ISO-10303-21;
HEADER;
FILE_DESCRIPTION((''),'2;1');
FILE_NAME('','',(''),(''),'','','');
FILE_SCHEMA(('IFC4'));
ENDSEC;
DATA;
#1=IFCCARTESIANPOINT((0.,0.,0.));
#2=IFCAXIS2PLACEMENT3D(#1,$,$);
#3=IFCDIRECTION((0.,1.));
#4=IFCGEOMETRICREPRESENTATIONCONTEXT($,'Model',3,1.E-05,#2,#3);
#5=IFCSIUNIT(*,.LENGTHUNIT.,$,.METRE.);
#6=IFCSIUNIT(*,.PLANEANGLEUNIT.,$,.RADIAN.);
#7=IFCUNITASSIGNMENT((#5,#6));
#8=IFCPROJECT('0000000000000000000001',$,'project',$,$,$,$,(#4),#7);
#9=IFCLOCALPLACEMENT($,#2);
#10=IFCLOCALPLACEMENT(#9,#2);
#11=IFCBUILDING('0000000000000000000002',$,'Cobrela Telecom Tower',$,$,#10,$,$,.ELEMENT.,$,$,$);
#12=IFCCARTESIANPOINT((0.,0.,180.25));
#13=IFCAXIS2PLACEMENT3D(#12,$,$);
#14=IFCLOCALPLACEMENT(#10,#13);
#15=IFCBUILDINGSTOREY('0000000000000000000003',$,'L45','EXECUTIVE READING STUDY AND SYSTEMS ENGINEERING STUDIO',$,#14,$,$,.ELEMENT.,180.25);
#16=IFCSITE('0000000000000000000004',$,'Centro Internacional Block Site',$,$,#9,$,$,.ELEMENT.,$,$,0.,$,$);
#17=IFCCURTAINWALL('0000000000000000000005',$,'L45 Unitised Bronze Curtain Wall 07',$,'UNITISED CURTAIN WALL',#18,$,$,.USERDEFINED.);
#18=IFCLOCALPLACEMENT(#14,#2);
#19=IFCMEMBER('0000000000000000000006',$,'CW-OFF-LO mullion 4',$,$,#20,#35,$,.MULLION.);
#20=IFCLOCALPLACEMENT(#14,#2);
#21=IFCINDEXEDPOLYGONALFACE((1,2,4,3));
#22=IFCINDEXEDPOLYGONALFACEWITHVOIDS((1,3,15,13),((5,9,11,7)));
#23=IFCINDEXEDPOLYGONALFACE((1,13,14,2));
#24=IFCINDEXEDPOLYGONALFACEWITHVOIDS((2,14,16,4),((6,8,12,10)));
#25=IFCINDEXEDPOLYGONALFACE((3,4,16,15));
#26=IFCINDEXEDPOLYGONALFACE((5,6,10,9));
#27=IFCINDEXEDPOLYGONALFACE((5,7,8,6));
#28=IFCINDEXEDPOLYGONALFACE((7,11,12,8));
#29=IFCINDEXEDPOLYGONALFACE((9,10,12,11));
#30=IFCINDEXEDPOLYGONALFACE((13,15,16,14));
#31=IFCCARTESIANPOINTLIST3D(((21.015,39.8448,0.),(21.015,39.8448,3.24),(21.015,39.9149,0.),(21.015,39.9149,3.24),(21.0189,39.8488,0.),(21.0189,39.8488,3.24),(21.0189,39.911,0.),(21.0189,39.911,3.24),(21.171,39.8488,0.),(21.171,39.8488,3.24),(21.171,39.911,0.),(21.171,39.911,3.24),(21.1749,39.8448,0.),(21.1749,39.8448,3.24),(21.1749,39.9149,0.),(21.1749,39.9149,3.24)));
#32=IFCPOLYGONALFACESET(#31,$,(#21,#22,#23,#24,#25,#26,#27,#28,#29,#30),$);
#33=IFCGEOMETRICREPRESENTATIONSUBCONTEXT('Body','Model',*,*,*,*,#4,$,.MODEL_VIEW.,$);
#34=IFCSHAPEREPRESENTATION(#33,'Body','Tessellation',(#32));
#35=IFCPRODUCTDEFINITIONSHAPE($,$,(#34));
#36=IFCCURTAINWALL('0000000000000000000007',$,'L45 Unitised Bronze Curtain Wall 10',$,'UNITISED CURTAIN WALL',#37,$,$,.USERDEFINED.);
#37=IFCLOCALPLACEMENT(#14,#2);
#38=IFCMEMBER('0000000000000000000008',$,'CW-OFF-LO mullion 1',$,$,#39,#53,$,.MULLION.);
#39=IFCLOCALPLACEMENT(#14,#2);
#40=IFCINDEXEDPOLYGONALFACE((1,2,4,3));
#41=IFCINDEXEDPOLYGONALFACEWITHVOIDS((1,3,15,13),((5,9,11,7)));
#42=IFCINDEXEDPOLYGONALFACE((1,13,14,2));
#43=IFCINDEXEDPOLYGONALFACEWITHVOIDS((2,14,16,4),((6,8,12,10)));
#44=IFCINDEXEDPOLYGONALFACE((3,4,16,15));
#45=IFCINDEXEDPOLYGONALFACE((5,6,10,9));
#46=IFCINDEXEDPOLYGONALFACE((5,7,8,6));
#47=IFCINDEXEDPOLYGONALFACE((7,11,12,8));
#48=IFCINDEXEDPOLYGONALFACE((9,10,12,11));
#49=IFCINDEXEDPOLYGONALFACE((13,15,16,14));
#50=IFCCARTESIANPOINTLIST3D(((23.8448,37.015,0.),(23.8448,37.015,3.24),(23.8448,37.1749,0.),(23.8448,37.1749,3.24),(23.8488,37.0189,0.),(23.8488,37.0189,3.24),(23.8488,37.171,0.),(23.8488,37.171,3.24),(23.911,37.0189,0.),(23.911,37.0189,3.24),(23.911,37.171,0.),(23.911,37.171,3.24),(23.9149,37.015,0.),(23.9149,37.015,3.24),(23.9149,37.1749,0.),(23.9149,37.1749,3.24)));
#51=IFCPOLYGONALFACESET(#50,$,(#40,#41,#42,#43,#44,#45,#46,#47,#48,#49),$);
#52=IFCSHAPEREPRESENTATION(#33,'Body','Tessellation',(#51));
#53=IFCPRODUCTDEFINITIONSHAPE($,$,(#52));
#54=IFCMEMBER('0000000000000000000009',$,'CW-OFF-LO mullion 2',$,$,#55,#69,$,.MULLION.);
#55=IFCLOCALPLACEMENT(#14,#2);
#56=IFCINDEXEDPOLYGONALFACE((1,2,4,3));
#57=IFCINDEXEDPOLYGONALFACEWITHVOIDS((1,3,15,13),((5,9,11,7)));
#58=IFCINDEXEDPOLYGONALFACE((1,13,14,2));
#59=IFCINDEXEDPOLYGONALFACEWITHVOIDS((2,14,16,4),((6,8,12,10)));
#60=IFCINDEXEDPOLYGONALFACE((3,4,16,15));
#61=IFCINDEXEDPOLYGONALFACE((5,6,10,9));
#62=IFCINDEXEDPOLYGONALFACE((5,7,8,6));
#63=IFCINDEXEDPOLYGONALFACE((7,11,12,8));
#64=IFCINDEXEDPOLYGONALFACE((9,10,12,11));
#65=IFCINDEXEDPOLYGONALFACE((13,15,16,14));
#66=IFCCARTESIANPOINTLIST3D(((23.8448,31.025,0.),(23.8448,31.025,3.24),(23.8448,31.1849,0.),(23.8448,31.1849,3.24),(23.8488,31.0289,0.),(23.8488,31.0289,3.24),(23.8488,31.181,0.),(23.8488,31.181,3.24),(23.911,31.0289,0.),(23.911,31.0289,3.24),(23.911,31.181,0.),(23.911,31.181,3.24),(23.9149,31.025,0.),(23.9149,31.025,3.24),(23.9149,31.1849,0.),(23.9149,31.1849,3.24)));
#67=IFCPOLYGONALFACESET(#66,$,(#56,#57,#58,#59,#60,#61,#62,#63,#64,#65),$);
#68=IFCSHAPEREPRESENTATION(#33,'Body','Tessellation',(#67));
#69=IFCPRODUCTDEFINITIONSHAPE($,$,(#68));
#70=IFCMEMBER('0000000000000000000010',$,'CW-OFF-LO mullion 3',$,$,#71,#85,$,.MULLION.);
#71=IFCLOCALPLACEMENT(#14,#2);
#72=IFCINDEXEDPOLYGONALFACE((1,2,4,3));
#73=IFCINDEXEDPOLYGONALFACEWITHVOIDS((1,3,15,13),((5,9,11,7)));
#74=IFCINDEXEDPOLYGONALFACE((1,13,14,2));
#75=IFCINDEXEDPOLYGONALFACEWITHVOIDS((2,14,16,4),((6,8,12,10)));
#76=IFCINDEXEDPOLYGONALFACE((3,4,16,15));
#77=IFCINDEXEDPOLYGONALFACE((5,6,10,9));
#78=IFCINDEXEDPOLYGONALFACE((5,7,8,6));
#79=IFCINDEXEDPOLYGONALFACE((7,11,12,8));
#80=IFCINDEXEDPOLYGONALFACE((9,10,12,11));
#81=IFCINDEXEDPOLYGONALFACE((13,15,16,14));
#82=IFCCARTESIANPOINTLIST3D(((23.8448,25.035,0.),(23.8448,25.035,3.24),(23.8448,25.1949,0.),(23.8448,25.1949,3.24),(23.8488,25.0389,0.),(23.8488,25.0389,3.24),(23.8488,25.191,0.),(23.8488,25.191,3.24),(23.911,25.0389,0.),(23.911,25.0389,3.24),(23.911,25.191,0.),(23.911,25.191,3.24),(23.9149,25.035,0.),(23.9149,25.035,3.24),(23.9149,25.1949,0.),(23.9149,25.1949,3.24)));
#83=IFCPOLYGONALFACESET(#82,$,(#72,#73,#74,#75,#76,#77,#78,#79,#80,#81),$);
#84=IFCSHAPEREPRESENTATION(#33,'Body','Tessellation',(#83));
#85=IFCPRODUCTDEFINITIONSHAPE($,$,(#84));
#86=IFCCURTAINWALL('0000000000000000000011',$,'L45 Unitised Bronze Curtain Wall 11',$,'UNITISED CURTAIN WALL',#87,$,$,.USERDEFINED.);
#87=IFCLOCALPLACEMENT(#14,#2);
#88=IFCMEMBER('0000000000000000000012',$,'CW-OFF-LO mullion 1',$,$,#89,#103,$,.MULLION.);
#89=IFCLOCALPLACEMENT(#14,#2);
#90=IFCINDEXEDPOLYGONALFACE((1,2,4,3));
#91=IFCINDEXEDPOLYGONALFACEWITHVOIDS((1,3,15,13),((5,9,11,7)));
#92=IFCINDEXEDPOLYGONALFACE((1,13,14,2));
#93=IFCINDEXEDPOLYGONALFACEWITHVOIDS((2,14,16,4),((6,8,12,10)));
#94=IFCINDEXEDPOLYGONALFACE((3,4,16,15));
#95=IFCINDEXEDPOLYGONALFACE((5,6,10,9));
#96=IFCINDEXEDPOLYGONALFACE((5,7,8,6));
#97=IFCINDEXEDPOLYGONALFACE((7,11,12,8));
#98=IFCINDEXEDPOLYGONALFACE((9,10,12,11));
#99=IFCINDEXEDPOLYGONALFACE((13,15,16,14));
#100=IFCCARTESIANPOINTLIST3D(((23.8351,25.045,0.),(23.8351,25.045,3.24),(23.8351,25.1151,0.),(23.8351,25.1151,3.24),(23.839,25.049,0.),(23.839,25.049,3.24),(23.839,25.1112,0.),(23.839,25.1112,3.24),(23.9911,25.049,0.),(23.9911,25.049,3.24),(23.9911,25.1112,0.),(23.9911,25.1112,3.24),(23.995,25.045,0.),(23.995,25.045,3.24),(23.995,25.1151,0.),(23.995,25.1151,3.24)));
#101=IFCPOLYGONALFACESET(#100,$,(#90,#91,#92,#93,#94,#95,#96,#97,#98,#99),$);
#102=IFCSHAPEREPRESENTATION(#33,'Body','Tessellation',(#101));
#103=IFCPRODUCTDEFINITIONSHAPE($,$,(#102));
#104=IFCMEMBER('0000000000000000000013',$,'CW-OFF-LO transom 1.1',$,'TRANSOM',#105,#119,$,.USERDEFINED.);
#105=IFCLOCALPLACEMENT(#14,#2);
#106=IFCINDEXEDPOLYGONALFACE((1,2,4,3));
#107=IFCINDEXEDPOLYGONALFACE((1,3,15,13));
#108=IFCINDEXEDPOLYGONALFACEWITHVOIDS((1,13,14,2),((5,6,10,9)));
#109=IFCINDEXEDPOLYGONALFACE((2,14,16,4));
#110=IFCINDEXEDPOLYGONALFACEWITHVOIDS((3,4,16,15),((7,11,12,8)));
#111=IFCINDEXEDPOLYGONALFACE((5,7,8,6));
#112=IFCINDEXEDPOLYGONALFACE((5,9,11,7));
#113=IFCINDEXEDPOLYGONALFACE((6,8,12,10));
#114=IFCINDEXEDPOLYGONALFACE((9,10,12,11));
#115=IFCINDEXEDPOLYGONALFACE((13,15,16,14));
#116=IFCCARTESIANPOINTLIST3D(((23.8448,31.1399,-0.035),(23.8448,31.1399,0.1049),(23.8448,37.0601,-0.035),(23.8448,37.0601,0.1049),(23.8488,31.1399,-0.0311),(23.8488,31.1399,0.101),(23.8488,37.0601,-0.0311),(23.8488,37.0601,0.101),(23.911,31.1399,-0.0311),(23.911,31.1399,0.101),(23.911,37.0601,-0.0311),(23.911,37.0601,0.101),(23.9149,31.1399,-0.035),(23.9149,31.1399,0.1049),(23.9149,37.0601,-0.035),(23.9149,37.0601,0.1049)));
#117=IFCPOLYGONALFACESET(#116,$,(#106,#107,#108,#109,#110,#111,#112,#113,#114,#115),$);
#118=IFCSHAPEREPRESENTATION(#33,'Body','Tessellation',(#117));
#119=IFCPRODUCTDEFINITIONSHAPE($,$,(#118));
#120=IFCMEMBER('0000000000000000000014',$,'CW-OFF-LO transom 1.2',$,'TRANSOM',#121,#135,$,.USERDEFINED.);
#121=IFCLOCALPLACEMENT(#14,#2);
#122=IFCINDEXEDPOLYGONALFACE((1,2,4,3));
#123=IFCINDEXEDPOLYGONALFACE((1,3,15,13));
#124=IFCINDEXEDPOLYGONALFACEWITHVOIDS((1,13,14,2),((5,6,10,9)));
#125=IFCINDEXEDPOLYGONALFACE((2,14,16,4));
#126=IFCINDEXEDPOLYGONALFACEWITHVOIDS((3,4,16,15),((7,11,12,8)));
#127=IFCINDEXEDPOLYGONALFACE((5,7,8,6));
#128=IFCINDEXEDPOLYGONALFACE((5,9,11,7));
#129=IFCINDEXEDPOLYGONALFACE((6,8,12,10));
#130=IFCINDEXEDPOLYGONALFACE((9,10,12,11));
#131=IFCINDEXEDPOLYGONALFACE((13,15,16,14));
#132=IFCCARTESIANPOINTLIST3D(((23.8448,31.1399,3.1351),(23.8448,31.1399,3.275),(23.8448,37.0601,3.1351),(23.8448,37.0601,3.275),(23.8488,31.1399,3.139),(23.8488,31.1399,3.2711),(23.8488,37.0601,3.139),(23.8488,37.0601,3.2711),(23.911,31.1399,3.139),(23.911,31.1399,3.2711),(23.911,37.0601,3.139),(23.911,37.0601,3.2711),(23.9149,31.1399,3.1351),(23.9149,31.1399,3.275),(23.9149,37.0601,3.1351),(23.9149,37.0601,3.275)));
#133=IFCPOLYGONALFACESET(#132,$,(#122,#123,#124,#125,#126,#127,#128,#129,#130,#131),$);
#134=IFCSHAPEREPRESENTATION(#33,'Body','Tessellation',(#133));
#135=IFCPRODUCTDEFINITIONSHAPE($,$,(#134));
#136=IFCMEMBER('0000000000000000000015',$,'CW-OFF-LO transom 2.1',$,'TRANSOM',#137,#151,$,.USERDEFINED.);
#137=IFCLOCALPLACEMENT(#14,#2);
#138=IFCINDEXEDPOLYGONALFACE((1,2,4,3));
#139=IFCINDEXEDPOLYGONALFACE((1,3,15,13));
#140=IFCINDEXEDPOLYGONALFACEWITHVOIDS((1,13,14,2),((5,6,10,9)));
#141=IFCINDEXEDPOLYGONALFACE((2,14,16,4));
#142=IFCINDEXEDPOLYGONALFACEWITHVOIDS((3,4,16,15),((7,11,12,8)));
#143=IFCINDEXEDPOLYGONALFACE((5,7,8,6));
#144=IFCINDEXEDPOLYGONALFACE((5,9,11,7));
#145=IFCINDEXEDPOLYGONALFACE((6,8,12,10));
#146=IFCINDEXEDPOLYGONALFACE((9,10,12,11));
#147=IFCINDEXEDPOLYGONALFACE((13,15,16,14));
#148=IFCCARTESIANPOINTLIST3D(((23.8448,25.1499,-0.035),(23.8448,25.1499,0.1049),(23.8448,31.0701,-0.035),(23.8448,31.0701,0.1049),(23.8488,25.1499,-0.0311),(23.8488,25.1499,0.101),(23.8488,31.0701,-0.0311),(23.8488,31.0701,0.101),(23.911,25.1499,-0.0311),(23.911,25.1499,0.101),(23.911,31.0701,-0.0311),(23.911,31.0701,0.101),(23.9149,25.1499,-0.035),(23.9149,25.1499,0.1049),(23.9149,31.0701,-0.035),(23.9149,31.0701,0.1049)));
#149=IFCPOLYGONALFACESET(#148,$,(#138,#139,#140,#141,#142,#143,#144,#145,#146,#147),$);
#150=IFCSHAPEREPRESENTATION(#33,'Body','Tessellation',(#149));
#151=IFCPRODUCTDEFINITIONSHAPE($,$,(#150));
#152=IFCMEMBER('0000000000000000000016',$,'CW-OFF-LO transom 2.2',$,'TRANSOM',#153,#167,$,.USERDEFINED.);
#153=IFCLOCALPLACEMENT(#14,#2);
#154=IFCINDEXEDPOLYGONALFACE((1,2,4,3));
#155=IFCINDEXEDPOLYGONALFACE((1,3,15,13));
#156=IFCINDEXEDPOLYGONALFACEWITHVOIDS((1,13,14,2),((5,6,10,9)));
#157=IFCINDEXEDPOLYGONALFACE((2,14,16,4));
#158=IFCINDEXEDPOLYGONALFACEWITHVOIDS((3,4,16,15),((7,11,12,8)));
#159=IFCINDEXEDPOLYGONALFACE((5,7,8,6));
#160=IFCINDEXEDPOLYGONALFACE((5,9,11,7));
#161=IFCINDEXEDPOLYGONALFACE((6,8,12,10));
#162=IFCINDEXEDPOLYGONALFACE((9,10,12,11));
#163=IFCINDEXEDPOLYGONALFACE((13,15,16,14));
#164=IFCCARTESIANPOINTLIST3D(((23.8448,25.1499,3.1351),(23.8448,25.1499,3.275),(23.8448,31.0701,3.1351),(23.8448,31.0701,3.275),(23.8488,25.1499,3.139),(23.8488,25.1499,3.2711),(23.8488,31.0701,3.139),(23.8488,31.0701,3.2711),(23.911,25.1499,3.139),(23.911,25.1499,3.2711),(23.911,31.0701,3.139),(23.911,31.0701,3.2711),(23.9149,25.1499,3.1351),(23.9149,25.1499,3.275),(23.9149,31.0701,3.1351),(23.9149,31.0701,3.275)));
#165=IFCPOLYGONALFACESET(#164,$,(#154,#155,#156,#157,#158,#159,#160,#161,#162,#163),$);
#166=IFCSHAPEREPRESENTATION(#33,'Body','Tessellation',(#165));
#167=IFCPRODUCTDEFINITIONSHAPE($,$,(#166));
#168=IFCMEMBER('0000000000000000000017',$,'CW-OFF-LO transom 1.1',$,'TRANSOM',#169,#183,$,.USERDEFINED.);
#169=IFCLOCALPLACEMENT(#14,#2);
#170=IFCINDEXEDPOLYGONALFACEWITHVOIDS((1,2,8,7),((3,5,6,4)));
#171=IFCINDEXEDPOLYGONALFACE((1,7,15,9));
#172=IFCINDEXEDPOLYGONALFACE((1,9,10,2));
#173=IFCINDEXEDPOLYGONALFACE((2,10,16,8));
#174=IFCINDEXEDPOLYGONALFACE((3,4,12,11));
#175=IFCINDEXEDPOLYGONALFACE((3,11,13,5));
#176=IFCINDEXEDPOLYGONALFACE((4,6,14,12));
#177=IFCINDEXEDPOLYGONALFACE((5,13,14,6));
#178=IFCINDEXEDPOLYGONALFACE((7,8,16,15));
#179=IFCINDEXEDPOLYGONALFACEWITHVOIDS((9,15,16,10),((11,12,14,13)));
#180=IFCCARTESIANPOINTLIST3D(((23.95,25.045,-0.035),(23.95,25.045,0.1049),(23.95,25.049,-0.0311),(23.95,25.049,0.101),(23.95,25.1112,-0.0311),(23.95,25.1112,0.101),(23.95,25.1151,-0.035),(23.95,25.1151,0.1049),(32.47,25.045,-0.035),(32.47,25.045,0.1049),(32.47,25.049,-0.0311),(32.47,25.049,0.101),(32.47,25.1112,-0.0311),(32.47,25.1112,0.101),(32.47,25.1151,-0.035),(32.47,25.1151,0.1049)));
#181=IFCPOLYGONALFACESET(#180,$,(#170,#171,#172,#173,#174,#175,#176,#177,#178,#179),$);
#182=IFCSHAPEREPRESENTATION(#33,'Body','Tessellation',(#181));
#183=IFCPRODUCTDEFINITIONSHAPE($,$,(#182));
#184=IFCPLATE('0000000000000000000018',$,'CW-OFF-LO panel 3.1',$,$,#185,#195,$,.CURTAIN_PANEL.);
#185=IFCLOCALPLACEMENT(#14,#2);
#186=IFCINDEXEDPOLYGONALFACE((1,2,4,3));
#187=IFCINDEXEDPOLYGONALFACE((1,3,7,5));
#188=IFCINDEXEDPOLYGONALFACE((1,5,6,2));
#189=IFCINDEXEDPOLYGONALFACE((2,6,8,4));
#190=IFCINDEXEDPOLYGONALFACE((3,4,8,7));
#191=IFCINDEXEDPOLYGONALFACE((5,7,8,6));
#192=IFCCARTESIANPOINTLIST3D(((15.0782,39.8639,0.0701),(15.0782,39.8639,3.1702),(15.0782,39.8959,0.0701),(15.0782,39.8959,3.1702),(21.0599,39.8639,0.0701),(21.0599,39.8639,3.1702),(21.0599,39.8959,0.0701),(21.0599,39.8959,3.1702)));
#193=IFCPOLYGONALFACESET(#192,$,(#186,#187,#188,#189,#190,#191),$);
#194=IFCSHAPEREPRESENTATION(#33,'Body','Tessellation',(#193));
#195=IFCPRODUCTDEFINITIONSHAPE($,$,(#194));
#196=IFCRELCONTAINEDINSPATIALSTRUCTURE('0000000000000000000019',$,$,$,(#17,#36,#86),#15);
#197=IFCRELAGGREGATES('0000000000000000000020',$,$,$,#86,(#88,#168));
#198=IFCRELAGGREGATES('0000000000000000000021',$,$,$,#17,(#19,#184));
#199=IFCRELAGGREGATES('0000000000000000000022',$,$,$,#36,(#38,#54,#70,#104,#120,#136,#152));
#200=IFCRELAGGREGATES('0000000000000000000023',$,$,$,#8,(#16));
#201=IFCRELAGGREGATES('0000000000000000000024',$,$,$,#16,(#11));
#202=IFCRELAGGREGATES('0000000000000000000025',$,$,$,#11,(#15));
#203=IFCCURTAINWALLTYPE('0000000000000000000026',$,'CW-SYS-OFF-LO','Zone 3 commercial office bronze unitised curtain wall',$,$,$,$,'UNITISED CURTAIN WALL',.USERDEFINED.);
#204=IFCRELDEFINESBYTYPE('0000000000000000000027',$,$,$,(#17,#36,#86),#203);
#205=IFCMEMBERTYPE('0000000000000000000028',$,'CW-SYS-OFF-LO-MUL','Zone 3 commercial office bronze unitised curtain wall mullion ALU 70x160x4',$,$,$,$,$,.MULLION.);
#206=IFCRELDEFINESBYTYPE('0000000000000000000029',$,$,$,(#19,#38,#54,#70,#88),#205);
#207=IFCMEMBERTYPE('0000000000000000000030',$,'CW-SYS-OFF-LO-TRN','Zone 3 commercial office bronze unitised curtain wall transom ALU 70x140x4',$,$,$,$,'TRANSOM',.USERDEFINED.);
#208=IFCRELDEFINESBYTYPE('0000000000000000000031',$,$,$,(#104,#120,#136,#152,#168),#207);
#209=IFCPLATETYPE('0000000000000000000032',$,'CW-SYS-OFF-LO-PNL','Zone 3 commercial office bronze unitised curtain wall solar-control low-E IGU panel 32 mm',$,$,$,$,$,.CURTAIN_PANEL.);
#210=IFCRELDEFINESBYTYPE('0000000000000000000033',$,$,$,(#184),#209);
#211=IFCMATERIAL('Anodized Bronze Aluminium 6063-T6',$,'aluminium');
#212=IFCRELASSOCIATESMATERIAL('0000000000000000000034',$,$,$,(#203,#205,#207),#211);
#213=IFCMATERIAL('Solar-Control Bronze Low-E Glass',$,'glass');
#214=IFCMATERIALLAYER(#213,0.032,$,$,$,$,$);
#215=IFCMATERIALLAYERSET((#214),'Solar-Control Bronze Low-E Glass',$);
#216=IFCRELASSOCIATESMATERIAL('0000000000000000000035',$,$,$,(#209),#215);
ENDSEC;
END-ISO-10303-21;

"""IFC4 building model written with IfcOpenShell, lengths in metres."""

from ifc_helpers import new_model, si_unit, direction, frame, origin, origin_2d, place, context, subcontext, project, spatial, rectangle, hollow_rectangle, extrude, material, layer, layer_set, material_profile, profile_set, type_object, element, aggregate, save


model = new_model("IFC4")

# Units and contexts
model_context = context("Model", 3, precision=1e-05, world=origin(), true_north=direction((0.0, 1.0)))
body_context = subcontext(model_context, "Body", "Model", "MODEL_VIEW")
ifc_project = project(units=[si_unit("LENGTHUNIT", "METRE"), si_unit("PLANEANGLEUNIT", "RADIAN")], contexts=[model_context])

# Site, building, storey
site_placement = place(None, origin())
site = spatial("IfcSite", under=ifc_project, at=site_placement, Name="Centro Internacional Block Site", CompositionType="ELEMENT", RefElevation=0.0)
building_placement = place(site_placement, origin())
building = spatial("IfcBuilding", under=site, at=building_placement, Name="Cobrela Telecom Tower", CompositionType="ELEMENT")
storey_placement = place(building_placement, frame((0.0, 0.0, 180.25)))
storey = spatial("IfcBuildingStorey", under=building, at=storey_placement, Name="L45", Description="EXECUTIVE READING STUDY AND SYSTEMS ENGINEERING STUDIO", CompositionType="ELEMENT", Elevation=180.25)

# Curtain wall, member
ifc_material_1 = material(Name="Anodized Bronze Aluminium 6063-T6", Category="aluminium")
curtain_wall_type = type_object("IfcCurtainWallType", Name="CW-SYS-OFF-LO", Description="Zone 3 commercial office bronze unitised curtain wall", ElementType="UNITISED CURTAIN WALL", PredefinedType="USERDEFINED", material=ifc_material_1)
curtain_wall_1_placement = place(storey_placement, origin())
curtain_wall_1 = element("IfcCurtainWall", 1, at=curtain_wall_1_placement, inside=storey, type_object=curtain_wall_type, Name="L45 Unitised Bronze Curtain Wall 07", ObjectType="UNITISED CURTAIN WALL", PredefinedType="USERDEFINED")
ifc_material_profile_1 = material_profile(ifc_material_1, hollow_rectangle(XDim=0.0701, YDim=0.1599, WallThickness=0.0039, at=origin_2d()), Name="ALU 70x160x4")
ifc_profile_set_1 = profile_set([ifc_material_profile_1], Name="Anodized Bronze Aluminium 6063-T6")
member_type_1 = type_object("IfcMemberType", Name="CW-SYS-OFF-LO-MUL", Description="Zone 3 commercial office bronze unitised curtain wall mullion ALU 70x160x4", PredefinedType="MULLION", material=ifc_profile_set_1)
member_1_placement = place(storey_placement, frame((21.095, 39.8799, 0.0), z_axis=(0.0, 0.0, 1.0), x_axis=(0.0, 1.0, 0.0)))
member_1 = element("IfcMember", 2, at=member_1_placement, type_object=member_type_1, Name="CW-OFF-LO mullion 4", PredefinedType="MULLION", context=body_context, shape_type="SweptSolid", body=[
    extrude(hollow_rectangle(XDim=0.0701, YDim=0.1599, WallThickness=0.0039, at=origin_2d()), origin(), (0.0, 0.0, 1.0), 3.24),
])

# Curtain wall, members
curtain_wall_2_placement = place(storey_placement, origin())
curtain_wall_2 = element("IfcCurtainWall", 3, at=curtain_wall_2_placement, inside=storey, type_object=curtain_wall_type, Name="L45 Unitised Bronze Curtain Wall 10", ObjectType="UNITISED CURTAIN WALL", PredefinedType="USERDEFINED")
member_2_placement = place(storey_placement, frame((23.8799, 37.095, 0.0), z_axis=(0.0, 0.0, 1.0), x_axis=(1.0, 0.0, 0.0)))
member_2 = element("IfcMember", 4, at=member_2_placement, type_object=member_type_1, Name="CW-OFF-LO mullion 1", PredefinedType="MULLION", context=body_context, shape_type="SweptSolid", body=[
    extrude(hollow_rectangle(XDim=0.0701, YDim=0.1599, WallThickness=0.0039, at=origin_2d()), origin(), (0.0, 0.0, 1.0), 3.24),
])
member_3_placement = place(storey_placement, frame((23.8799, 31.105, 0.0), z_axis=(0.0, 0.0, 1.0), x_axis=(1.0, 0.0, 0.0)))
member_3 = element("IfcMember", 5, at=member_3_placement, type_object=member_type_1, Name="CW-OFF-LO mullion 2", PredefinedType="MULLION", context=body_context, shape_type="SweptSolid", body=[
    extrude(hollow_rectangle(XDim=0.0701, YDim=0.1599, WallThickness=0.0039, at=origin_2d()), origin(), (0.0, 0.0, 1.0), 3.24),
])
member_4_placement = place(storey_placement, frame((23.8799, 25.115, 0.0), z_axis=(0.0, 0.0, 1.0), x_axis=(1.0, 0.0, 0.0)))
member_4 = element("IfcMember", 6, at=member_4_placement, type_object=member_type_1, Name="CW-OFF-LO mullion 3", PredefinedType="MULLION", context=body_context, shape_type="SweptSolid", body=[
    extrude(hollow_rectangle(XDim=0.0701, YDim=0.1599, WallThickness=0.0039, at=origin_2d()), origin(), (0.0, 0.0, 1.0), 3.24),
])

# Curtain wall, member
curtain_wall_3_placement = place(storey_placement, origin())
curtain_wall_3 = element("IfcCurtainWall", 7, at=curtain_wall_3_placement, inside=storey, type_object=curtain_wall_type, Name="L45 Unitised Bronze Curtain Wall 11", ObjectType="UNITISED CURTAIN WALL", PredefinedType="USERDEFINED")
member_5_placement = place(storey_placement, frame((23.915, 25.0801, 0.0), z_axis=(0.0, 0.0, 1.0), x_axis=(0.0, 1.0, 0.0)))
member_5 = element("IfcMember", 8, at=member_5_placement, type_object=member_type_1, Name="CW-OFF-LO mullion 1", PredefinedType="MULLION", context=body_context, shape_type="SweptSolid", body=[
    extrude(hollow_rectangle(XDim=0.0701, YDim=0.1599, WallThickness=0.0039, at=origin_2d()), origin(), (0.0, 0.0, 1.0), 3.24),
])

# Members
ifc_material_profile_2 = material_profile(ifc_material_1, hollow_rectangle(XDim=0.0701, YDim=0.1399, WallThickness=0.0039, at=origin_2d()), Name="ALU 70x140x4")
ifc_profile_set_2 = profile_set([ifc_material_profile_2], Name="Anodized Bronze Aluminium 6063-T6")
member_type_2 = type_object("IfcMemberType", Name="CW-SYS-OFF-LO-TRN", Description="Zone 3 commercial office bronze unitised curtain wall transom ALU 70x140x4", ElementType="TRANSOM", PredefinedType="USERDEFINED", material=ifc_profile_set_2)
member_6_placement = place(storey_placement, frame((23.8799, 37.0601, 0.0349), z_axis=(0.0, -1.0, 0.0), x_axis=(1.0, 0.0, 0.0)))
member_6 = element("IfcMember", 9, at=member_6_placement, type_object=member_type_2, Name="CW-OFF-LO transom 1.1", ObjectType="TRANSOM", PredefinedType="USERDEFINED", context=body_context, shape_type="SweptSolid", body=[
    extrude(hollow_rectangle(XDim=0.0701, YDim=0.1399, WallThickness=0.0039, at=origin_2d()), origin(), (0.0, 0.0, 1.0), 5.9202),
])
member_7_placement = place(storey_placement, frame((23.8799, 37.0601, 3.2051), z_axis=(0.0, -1.0, 0.0), x_axis=(1.0, 0.0, 0.0)))
member_7 = element("IfcMember", 10, at=member_7_placement, type_object=member_type_2, Name="CW-OFF-LO transom 1.2", ObjectType="TRANSOM", PredefinedType="USERDEFINED", context=body_context, shape_type="SweptSolid", body=[
    extrude(hollow_rectangle(XDim=0.0701, YDim=0.1399, WallThickness=0.0039, at=origin_2d()), origin(), (0.0, 0.0, 1.0), 5.9202),
])
member_8_placement = place(storey_placement, frame((23.8799, 31.0701, 0.0349), z_axis=(0.0, -1.0, 0.0), x_axis=(1.0, 0.0, 0.0)))
member_8 = element("IfcMember", 11, at=member_8_placement, type_object=member_type_2, Name="CW-OFF-LO transom 2.1", ObjectType="TRANSOM", PredefinedType="USERDEFINED", context=body_context, shape_type="SweptSolid", body=[
    extrude(hollow_rectangle(XDim=0.0701, YDim=0.1399, WallThickness=0.0039, at=origin_2d()), origin(), (0.0, 0.0, 1.0), 5.9202),
])
member_9_placement = place(storey_placement, frame((23.8799, 31.0701, 3.2051), z_axis=(0.0, -1.0, 0.0), x_axis=(1.0, 0.0, 0.0)))
member_9 = element("IfcMember", 12, at=member_9_placement, type_object=member_type_2, Name="CW-OFF-LO transom 2.2", ObjectType="TRANSOM", PredefinedType="USERDEFINED", context=body_context, shape_type="SweptSolid", body=[
    extrude(hollow_rectangle(XDim=0.0701, YDim=0.1399, WallThickness=0.0039, at=origin_2d()), origin(), (0.0, 0.0, 1.0), 5.9202),
])
member_10_placement = place(storey_placement, frame((23.95, 25.0801, 0.0349), z_axis=(1.0, 0.0, 0.0), x_axis=(0.0, 1.0, 0.0)))
member_10 = element("IfcMember", 13, at=member_10_placement, type_object=member_type_2, Name="CW-OFF-LO transom 1.1", ObjectType="TRANSOM", PredefinedType="USERDEFINED", context=body_context, shape_type="SweptSolid", body=[
    extrude(hollow_rectangle(XDim=0.0701, YDim=0.1399, WallThickness=0.0039, at=origin_2d()), origin(), (0.0, 0.0, 1.0), 8.52),
])
aggregate(curtain_wall_3, [member_5, member_10])

# Plate
ifc_material_2 = material(Name="Solar-Control Bronze Low-E Glass", Category="glass")
ifc_layer_1 = layer(ifc_material_2, 0.032)
ifc_layer_set_1 = layer_set([ifc_layer_1], Name="Solar-Control Bronze Low-E Glass")
plate_type = type_object("IfcPlateType", Name="CW-SYS-OFF-LO-PNL", Description="Zone 3 commercial office bronze unitised curtain wall solar-control low-E IGU panel 32 mm", PredefinedType="CURTAIN_PANEL", material=ifc_layer_set_1)
plate_1_placement = place(storey_placement, frame((18.0691, 39.8799, 0.0701), z_axis=(0.0, 0.0, 1.0), x_axis=(1.0, 0.0, 0.0)))
plate_1 = element("IfcPlate", 14, at=plate_1_placement, type_object=plate_type, Name="CW-OFF-LO panel 3.1", PredefinedType="CURTAIN_PANEL", context=body_context, shape_type="SweptSolid", body=[
    extrude(rectangle(XDim=5.9817, YDim=0.032, at=origin_2d()), origin(), (0.0, 0.0, 1.0), 3.1001),
])
aggregate(curtain_wall_1, [member_1, plate_1])
aggregate(curtain_wall_2, [member_2, member_3, member_4, member_6, member_7, member_8, member_9])

save(model, "model.ifc")
